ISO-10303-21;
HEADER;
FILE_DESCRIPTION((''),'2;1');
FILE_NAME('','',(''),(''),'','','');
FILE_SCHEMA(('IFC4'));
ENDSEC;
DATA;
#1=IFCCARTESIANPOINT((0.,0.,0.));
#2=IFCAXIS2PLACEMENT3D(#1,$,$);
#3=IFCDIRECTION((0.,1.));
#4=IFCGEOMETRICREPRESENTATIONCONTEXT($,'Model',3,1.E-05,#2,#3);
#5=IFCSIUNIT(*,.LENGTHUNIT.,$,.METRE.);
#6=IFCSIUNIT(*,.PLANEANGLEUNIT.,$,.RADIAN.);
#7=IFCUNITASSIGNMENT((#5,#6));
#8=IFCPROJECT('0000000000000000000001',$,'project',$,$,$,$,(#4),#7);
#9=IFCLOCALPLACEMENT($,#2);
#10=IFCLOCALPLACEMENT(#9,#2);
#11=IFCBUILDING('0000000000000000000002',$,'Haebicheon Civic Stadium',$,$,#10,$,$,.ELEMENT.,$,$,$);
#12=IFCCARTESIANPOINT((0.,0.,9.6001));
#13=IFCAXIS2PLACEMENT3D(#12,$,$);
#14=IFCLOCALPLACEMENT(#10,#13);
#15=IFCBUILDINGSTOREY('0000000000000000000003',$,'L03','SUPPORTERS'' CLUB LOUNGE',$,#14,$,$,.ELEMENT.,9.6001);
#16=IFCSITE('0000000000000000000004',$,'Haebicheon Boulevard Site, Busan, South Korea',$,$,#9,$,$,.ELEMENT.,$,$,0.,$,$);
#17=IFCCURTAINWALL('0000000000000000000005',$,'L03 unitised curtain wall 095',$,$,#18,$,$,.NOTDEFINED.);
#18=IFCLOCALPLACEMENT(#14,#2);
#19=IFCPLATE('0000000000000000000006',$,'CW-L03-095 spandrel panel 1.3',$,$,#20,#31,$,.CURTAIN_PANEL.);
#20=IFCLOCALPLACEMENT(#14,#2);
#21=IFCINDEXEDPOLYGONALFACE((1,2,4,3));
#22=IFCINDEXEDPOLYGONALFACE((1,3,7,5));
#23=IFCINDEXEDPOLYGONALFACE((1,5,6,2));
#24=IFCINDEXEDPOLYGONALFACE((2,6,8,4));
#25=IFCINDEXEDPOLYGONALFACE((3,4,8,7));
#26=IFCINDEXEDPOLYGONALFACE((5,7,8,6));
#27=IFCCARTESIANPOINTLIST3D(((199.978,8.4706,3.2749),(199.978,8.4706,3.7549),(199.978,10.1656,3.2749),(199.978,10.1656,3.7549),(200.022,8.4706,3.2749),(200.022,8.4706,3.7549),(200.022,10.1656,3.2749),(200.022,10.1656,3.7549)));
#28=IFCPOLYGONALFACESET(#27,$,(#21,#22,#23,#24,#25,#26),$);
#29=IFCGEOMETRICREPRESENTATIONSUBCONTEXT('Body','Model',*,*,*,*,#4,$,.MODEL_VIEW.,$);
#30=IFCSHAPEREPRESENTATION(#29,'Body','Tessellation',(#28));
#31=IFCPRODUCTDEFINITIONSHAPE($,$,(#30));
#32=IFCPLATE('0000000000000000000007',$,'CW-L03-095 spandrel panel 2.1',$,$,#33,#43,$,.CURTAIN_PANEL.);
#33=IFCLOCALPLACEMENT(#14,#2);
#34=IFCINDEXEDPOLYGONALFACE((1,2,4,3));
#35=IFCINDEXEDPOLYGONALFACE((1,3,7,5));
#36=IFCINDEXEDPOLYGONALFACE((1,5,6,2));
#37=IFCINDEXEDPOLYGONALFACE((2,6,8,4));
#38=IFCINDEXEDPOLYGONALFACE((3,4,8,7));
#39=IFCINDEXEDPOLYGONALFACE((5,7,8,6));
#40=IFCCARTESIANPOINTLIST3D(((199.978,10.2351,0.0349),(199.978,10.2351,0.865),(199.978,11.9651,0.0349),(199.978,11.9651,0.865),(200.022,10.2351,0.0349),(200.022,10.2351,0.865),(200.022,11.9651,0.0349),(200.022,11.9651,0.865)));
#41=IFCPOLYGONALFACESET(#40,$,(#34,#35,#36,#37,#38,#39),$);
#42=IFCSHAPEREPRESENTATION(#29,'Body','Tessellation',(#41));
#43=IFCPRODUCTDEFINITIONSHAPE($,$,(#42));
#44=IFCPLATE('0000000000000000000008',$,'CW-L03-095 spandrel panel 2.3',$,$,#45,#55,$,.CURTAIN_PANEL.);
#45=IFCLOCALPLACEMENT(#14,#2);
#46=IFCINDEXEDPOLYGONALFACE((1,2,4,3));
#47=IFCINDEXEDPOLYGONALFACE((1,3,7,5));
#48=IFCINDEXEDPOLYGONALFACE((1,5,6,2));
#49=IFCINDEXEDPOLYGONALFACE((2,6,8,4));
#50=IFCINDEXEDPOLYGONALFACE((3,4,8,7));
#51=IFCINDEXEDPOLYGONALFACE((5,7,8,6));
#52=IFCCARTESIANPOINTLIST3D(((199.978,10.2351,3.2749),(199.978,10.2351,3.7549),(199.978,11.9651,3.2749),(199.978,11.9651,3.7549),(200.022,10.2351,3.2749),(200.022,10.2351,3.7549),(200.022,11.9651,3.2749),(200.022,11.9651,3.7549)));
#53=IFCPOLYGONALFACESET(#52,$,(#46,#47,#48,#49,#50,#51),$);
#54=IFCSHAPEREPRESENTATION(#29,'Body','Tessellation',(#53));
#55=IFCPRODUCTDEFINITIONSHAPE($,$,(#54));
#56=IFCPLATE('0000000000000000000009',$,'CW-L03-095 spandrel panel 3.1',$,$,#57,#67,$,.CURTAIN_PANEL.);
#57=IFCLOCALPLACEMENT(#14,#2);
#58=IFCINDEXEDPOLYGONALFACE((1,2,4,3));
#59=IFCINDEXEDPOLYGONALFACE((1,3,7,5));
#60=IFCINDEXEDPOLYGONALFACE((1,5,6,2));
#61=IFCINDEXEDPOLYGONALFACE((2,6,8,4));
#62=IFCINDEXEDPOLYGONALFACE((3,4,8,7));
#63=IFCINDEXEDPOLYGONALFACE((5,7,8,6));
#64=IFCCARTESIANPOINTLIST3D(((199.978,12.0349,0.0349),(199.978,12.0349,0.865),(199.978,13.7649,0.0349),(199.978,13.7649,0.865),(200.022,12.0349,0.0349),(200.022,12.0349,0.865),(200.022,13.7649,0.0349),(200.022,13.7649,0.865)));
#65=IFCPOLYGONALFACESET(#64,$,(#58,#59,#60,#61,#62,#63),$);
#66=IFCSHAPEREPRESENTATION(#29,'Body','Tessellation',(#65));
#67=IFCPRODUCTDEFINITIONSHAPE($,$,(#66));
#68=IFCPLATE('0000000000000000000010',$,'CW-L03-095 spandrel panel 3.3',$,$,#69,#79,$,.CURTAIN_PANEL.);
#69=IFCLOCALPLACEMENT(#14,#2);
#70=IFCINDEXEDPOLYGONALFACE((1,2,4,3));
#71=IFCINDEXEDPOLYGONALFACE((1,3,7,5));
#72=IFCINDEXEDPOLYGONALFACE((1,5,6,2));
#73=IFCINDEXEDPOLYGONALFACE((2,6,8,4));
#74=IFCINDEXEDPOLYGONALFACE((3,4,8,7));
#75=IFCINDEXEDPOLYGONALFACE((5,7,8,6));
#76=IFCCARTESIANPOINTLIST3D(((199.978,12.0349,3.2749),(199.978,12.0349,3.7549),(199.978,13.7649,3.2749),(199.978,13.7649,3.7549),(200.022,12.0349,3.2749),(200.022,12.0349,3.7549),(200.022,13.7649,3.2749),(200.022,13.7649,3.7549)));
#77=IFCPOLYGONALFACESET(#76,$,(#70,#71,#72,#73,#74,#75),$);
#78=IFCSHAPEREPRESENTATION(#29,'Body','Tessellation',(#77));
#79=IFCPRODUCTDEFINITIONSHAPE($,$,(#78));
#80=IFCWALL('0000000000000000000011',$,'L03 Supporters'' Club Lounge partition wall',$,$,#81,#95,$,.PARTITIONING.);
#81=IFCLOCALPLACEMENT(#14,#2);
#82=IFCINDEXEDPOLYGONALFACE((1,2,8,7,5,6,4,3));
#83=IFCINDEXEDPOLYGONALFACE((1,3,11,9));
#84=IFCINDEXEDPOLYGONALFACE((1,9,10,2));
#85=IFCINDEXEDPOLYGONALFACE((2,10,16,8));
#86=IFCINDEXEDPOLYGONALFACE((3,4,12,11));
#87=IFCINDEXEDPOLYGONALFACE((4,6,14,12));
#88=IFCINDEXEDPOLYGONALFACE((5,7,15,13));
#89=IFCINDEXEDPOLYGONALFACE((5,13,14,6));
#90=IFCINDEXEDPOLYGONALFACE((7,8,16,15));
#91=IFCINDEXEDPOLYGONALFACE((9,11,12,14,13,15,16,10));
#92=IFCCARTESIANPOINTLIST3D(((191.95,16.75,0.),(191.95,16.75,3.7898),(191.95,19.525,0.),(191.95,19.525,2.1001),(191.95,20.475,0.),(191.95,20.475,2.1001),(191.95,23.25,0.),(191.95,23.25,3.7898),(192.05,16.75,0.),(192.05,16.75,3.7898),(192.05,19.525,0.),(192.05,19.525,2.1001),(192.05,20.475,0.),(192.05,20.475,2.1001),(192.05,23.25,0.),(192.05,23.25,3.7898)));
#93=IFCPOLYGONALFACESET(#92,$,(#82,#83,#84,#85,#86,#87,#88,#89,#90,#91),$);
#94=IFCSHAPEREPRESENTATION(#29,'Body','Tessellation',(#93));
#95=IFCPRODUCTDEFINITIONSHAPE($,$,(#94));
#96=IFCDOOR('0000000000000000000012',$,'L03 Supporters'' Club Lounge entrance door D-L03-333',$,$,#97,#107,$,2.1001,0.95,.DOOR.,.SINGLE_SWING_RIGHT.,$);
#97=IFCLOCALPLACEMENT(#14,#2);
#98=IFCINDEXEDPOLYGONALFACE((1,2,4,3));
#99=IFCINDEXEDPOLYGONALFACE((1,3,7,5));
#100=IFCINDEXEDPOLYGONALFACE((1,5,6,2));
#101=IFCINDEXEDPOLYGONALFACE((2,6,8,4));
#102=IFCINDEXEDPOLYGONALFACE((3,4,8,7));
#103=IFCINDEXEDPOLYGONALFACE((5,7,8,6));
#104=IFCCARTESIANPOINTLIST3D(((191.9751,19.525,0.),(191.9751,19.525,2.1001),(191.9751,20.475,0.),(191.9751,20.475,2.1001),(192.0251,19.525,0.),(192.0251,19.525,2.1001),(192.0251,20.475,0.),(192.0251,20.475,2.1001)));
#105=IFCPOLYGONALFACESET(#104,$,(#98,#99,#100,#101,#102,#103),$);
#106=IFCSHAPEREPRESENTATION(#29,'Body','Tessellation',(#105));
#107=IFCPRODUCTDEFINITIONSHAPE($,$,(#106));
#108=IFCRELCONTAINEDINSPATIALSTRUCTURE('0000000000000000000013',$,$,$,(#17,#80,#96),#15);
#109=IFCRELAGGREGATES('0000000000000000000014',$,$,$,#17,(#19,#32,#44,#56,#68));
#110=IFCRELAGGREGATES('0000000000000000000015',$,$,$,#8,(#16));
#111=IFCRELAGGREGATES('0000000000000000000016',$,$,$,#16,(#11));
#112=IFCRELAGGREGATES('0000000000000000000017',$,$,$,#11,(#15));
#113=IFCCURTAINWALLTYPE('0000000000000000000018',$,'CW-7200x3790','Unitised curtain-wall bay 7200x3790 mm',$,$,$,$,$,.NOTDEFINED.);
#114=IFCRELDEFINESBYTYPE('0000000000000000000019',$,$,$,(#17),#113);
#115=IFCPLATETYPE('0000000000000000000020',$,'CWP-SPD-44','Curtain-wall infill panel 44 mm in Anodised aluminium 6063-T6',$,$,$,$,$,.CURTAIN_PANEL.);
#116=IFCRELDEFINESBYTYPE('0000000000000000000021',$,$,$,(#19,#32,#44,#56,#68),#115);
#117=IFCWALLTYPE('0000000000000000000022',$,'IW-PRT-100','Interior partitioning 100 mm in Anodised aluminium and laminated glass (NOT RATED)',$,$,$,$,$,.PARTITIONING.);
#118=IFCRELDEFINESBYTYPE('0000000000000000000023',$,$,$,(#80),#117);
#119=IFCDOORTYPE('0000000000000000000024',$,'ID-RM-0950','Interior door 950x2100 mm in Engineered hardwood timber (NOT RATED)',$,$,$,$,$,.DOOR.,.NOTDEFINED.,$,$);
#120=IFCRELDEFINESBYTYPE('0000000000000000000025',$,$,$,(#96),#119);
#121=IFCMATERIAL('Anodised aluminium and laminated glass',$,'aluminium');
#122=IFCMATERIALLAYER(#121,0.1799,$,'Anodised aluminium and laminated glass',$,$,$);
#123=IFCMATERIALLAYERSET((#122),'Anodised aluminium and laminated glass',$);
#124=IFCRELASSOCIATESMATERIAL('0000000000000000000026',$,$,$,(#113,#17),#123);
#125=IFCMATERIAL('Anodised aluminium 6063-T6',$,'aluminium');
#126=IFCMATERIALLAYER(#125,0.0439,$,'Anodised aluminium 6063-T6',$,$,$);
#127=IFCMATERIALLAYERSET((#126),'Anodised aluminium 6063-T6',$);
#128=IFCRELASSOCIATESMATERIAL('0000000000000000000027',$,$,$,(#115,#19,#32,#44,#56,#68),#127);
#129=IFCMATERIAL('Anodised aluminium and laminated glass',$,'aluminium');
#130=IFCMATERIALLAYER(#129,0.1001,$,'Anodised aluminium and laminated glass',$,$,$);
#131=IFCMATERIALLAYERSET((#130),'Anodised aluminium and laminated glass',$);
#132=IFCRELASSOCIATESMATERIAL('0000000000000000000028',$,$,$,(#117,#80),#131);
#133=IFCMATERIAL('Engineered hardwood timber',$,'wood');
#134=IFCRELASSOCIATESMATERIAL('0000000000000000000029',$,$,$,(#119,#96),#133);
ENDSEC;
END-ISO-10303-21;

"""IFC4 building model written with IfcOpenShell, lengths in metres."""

from ifc_helpers import new_model, si_unit, direction, frame, frame_2d, origin, origin_2d, place, context, subcontext, project, spatial, rectangle, extrude, material, layer, layer_set, type_object, element, fill, aggregate, save


model = new_model("IFC4")

# Units and contexts
model_context = context("Model", 3, precision=1e-05, world=origin(), true_north=direction((0.0, 1.0)))
body_context = subcontext(model_context, "Body", "Model", "MODEL_VIEW")
ifc_project = project(units=[si_unit("LENGTHUNIT", "METRE"), si_unit("PLANEANGLEUNIT", "RADIAN")], contexts=[model_context])

# Site, building, storey
site_placement = place(None, origin())
site = spatial("IfcSite", under=ifc_project, at=site_placement, Name="Haebicheon Boulevard Site, Busan, South Korea", CompositionType="ELEMENT", RefElevation=0.0)
building_placement = place(site_placement, origin())
building = spatial("IfcBuilding", under=site, at=building_placement, Name="Haebicheon Civic Stadium", CompositionType="ELEMENT")
storey_placement = place(building_placement, frame((0.0, 0.0, 9.6001)))
storey = spatial("IfcBuildingStorey", under=building, at=storey_placement, Name="L03", Description="SUPPORTERS' CLUB LOUNGE", CompositionType="ELEMENT", Elevation=9.6001)

# Curtain wall
ifc_material_1 = material(Name="Anodised aluminium and laminated glass", Category="aluminium")
ifc_layer_1 = layer(ifc_material_1, 0.1799, Name="Anodised aluminium and laminated glass")
ifc_layer_set_1 = layer_set([ifc_layer_1], Name="Anodised aluminium and laminated glass")
curtain_wall_type = type_object("IfcCurtainWallType", Name="CW-7200x3790", Description="Unitised curtain-wall bay 7200x3790 mm", PredefinedType="NOTDEFINED", material=ifc_layer_set_1)
curtain_wall_placement = place(storey_placement, origin())
curtain_wall = element("IfcCurtainWall", 1, at=curtain_wall_placement, inside=storey, type_object=curtain_wall_type, material=ifc_layer_set_1, Name="L03 unitised curtain wall 095", PredefinedType="NOTDEFINED")

# Plates
ifc_material_2 = material(Name="Anodised aluminium 6063-T6", Category="aluminium")
ifc_layer_2 = layer(ifc_material_2, 0.0439, Name="Anodised aluminium 6063-T6")
ifc_layer_set_2 = layer_set([ifc_layer_2], Name="Anodised aluminium 6063-T6")
plate_type_1 = type_object("IfcPlateType", Name="CWP-SPD-44", Description="Curtain-wall infill panel 44 mm in Anodised aluminium 6063-T6", PredefinedType="CURTAIN_PANEL", material=ifc_layer_set_2)
plate_1_placement = place(storey_placement, frame((200.0, 9.3181, 3.2749), z_axis=(0.0, 0.0, 1.0), x_axis=(0.0, 1.0, 0.0)))
plate_1 = element("IfcPlate", 2, at=plate_1_placement, type_object=plate_type_1, material=ifc_layer_set_2, Name="CW-L03-095 spandrel panel 1.3", PredefinedType="CURTAIN_PANEL", context=body_context, shape_type="SweptSolid", body=[
    extrude(rectangle(XDim=1.6951, YDim=0.0439, at=origin_2d()), origin(), (0.0, 0.0, 1.0), 0.48),
])
plate_2_placement = place(storey_placement, frame((200.0, 11.1001, 0.0349), z_axis=(0.0, 0.0, 1.0), x_axis=(0.0, 1.0, 0.0)))
plate_2 = element("IfcPlate", 3, at=plate_2_placement, type_object=plate_type_1, material=ifc_layer_set_2, Name="CW-L03-095 spandrel panel 2.1", PredefinedType="CURTAIN_PANEL", context=body_context, shape_type="SweptSolid", body=[
    extrude(rectangle(XDim=1.73, YDim=0.0439, at=origin_2d()), origin(), (0.0, 0.0, 1.0), 0.8301),
])
plate_3_placement = place(storey_placement, frame((200.0, 11.1001, 3.2749), z_axis=(0.0, 0.0, 1.0), x_axis=(0.0, 1.0, 0.0)))
plate_3 = element("IfcPlate", 4, at=plate_3_placement, type_object=plate_type_1, material=ifc_layer_set_2, Name="CW-L03-095 spandrel panel 2.3", PredefinedType="CURTAIN_PANEL", context=body_context, shape_type="SweptSolid", body=[
    extrude(rectangle(XDim=1.73, YDim=0.0439, at=origin_2d()), origin(), (0.0, 0.0, 1.0), 0.48),
])
plate_4_placement = place(storey_placement, frame((200.0, 12.8999, 0.0349), z_axis=(0.0, 0.0, 1.0), x_axis=(0.0, 1.0, 0.0)))
plate_4 = element("IfcPlate", 5, at=plate_4_placement, type_object=plate_type_1, material=ifc_layer_set_2, Name="CW-L03-095 spandrel panel 3.1", PredefinedType="CURTAIN_PANEL", context=body_context, shape_type="SweptSolid", body=[
    extrude(rectangle(XDim=1.73, YDim=0.0439, at=origin_2d()), origin(), (0.0, 0.0, 1.0), 0.8301),
])
plate_5_placement = place(storey_placement, frame((200.0, 12.8999, 3.2749), z_axis=(0.0, 0.0, 1.0), x_axis=(0.0, 1.0, 0.0)))
plate_5 = element("IfcPlate", 6, at=plate_5_placement, type_object=plate_type_1, material=ifc_layer_set_2, Name="CW-L03-095 spandrel panel 3.3", PredefinedType="CURTAIN_PANEL", context=body_context, shape_type="SweptSolid", body=[
    extrude(rectangle(XDim=1.73, YDim=0.0439, at=origin_2d()), origin(), (0.0, 0.0, 1.0), 0.48),
])
aggregate(curtain_wall, [plate_1, plate_2, plate_3, plate_4, plate_5])

# Wall, opening, door
ifc_material_3 = material(Name="Anodised aluminium and laminated glass", Category="aluminium")
ifc_layer_3 = layer(ifc_material_3, 0.1001, Name="Anodised aluminium and laminated glass")
ifc_layer_set_3 = layer_set([ifc_layer_3], Name="Anodised aluminium and laminated glass")
wall_type = type_object("IfcWallType", Name="IW-PRT-100", Description="Interior partitioning 100 mm in Anodised aluminium and laminated glass (NOT RATED)", PredefinedType="PARTITIONING", material=ifc_layer_set_3)
wall_placement = place(storey_placement, frame((192.0, 16.75, 0.0), z_axis=(0.0, 0.0, 1.0), x_axis=(0.0, 1.0, 0.0)))
wall = element("IfcWall", 7, at=wall_placement, inside=storey, type_object=wall_type, material=ifc_layer_set_3, Name="L03 Supporters' Club Lounge partition wall", PredefinedType="PARTITIONING", context=body_context, shape_type="SweptSolid", body=[
    extrude(rectangle(XDim=6.5, YDim=0.1001, at=frame_2d((3.25, 0.0))), origin(), (0.0, 0.0, 1.0), 3.7898),
])
opening_placement = place(wall_placement, frame((2.7749, 0.0, 0.0)))
opening = element("IfcOpeningElement", 8, at=opening_placement, cuts=wall, PredefinedType="OPENING", context=body_context, shape_type="SweptSolid", body=[
    extrude(rectangle(XDim=0.95, YDim=2.1001, at=frame_2d((0.4751, 1.05))), frame((0.0, 0.0601, 0.0), z_axis=(0.0, -1.0, 0.0), x_axis=(1.0, 0.0, 0.0)), (0.0, 0.0, 1.0), 0.1201),
])
ifc_material_4 = material(Name="Engineered hardwood timber", Category="wood")
door_type = type_object("IfcDoorType", Name="ID-RM-0950", Description="Interior door 950x2100 mm in Engineered hardwood timber (NOT RATED)", OperationType="NOTDEFINED", PredefinedType="DOOR", material=ifc_material_4)
door_placement = place(opening_placement, origin())
door = element("IfcDoor", 9, at=door_placement, inside=storey, type_object=door_type, material=ifc_material_4, Name="L03 Supporters' Club Lounge entrance door D-L03-333", OperationType="SINGLE_SWING_RIGHT", OverallHeight=2.1001, OverallWidth=0.95, PredefinedType="DOOR", context=body_context, shape_type="SweptSolid", body=[
    extrude(rectangle(XDim=0.95, YDim=2.1001, at=frame_2d((0.4751, 1.05))), frame((0.0, 0.0249, 0.0), z_axis=(0.0, -1.0, 0.0), x_axis=(1.0, 0.0, 0.0)), (0.0, 0.0, 1.0), 0.05),
])
fill(opening, door)

save(model, "model.ifc")
